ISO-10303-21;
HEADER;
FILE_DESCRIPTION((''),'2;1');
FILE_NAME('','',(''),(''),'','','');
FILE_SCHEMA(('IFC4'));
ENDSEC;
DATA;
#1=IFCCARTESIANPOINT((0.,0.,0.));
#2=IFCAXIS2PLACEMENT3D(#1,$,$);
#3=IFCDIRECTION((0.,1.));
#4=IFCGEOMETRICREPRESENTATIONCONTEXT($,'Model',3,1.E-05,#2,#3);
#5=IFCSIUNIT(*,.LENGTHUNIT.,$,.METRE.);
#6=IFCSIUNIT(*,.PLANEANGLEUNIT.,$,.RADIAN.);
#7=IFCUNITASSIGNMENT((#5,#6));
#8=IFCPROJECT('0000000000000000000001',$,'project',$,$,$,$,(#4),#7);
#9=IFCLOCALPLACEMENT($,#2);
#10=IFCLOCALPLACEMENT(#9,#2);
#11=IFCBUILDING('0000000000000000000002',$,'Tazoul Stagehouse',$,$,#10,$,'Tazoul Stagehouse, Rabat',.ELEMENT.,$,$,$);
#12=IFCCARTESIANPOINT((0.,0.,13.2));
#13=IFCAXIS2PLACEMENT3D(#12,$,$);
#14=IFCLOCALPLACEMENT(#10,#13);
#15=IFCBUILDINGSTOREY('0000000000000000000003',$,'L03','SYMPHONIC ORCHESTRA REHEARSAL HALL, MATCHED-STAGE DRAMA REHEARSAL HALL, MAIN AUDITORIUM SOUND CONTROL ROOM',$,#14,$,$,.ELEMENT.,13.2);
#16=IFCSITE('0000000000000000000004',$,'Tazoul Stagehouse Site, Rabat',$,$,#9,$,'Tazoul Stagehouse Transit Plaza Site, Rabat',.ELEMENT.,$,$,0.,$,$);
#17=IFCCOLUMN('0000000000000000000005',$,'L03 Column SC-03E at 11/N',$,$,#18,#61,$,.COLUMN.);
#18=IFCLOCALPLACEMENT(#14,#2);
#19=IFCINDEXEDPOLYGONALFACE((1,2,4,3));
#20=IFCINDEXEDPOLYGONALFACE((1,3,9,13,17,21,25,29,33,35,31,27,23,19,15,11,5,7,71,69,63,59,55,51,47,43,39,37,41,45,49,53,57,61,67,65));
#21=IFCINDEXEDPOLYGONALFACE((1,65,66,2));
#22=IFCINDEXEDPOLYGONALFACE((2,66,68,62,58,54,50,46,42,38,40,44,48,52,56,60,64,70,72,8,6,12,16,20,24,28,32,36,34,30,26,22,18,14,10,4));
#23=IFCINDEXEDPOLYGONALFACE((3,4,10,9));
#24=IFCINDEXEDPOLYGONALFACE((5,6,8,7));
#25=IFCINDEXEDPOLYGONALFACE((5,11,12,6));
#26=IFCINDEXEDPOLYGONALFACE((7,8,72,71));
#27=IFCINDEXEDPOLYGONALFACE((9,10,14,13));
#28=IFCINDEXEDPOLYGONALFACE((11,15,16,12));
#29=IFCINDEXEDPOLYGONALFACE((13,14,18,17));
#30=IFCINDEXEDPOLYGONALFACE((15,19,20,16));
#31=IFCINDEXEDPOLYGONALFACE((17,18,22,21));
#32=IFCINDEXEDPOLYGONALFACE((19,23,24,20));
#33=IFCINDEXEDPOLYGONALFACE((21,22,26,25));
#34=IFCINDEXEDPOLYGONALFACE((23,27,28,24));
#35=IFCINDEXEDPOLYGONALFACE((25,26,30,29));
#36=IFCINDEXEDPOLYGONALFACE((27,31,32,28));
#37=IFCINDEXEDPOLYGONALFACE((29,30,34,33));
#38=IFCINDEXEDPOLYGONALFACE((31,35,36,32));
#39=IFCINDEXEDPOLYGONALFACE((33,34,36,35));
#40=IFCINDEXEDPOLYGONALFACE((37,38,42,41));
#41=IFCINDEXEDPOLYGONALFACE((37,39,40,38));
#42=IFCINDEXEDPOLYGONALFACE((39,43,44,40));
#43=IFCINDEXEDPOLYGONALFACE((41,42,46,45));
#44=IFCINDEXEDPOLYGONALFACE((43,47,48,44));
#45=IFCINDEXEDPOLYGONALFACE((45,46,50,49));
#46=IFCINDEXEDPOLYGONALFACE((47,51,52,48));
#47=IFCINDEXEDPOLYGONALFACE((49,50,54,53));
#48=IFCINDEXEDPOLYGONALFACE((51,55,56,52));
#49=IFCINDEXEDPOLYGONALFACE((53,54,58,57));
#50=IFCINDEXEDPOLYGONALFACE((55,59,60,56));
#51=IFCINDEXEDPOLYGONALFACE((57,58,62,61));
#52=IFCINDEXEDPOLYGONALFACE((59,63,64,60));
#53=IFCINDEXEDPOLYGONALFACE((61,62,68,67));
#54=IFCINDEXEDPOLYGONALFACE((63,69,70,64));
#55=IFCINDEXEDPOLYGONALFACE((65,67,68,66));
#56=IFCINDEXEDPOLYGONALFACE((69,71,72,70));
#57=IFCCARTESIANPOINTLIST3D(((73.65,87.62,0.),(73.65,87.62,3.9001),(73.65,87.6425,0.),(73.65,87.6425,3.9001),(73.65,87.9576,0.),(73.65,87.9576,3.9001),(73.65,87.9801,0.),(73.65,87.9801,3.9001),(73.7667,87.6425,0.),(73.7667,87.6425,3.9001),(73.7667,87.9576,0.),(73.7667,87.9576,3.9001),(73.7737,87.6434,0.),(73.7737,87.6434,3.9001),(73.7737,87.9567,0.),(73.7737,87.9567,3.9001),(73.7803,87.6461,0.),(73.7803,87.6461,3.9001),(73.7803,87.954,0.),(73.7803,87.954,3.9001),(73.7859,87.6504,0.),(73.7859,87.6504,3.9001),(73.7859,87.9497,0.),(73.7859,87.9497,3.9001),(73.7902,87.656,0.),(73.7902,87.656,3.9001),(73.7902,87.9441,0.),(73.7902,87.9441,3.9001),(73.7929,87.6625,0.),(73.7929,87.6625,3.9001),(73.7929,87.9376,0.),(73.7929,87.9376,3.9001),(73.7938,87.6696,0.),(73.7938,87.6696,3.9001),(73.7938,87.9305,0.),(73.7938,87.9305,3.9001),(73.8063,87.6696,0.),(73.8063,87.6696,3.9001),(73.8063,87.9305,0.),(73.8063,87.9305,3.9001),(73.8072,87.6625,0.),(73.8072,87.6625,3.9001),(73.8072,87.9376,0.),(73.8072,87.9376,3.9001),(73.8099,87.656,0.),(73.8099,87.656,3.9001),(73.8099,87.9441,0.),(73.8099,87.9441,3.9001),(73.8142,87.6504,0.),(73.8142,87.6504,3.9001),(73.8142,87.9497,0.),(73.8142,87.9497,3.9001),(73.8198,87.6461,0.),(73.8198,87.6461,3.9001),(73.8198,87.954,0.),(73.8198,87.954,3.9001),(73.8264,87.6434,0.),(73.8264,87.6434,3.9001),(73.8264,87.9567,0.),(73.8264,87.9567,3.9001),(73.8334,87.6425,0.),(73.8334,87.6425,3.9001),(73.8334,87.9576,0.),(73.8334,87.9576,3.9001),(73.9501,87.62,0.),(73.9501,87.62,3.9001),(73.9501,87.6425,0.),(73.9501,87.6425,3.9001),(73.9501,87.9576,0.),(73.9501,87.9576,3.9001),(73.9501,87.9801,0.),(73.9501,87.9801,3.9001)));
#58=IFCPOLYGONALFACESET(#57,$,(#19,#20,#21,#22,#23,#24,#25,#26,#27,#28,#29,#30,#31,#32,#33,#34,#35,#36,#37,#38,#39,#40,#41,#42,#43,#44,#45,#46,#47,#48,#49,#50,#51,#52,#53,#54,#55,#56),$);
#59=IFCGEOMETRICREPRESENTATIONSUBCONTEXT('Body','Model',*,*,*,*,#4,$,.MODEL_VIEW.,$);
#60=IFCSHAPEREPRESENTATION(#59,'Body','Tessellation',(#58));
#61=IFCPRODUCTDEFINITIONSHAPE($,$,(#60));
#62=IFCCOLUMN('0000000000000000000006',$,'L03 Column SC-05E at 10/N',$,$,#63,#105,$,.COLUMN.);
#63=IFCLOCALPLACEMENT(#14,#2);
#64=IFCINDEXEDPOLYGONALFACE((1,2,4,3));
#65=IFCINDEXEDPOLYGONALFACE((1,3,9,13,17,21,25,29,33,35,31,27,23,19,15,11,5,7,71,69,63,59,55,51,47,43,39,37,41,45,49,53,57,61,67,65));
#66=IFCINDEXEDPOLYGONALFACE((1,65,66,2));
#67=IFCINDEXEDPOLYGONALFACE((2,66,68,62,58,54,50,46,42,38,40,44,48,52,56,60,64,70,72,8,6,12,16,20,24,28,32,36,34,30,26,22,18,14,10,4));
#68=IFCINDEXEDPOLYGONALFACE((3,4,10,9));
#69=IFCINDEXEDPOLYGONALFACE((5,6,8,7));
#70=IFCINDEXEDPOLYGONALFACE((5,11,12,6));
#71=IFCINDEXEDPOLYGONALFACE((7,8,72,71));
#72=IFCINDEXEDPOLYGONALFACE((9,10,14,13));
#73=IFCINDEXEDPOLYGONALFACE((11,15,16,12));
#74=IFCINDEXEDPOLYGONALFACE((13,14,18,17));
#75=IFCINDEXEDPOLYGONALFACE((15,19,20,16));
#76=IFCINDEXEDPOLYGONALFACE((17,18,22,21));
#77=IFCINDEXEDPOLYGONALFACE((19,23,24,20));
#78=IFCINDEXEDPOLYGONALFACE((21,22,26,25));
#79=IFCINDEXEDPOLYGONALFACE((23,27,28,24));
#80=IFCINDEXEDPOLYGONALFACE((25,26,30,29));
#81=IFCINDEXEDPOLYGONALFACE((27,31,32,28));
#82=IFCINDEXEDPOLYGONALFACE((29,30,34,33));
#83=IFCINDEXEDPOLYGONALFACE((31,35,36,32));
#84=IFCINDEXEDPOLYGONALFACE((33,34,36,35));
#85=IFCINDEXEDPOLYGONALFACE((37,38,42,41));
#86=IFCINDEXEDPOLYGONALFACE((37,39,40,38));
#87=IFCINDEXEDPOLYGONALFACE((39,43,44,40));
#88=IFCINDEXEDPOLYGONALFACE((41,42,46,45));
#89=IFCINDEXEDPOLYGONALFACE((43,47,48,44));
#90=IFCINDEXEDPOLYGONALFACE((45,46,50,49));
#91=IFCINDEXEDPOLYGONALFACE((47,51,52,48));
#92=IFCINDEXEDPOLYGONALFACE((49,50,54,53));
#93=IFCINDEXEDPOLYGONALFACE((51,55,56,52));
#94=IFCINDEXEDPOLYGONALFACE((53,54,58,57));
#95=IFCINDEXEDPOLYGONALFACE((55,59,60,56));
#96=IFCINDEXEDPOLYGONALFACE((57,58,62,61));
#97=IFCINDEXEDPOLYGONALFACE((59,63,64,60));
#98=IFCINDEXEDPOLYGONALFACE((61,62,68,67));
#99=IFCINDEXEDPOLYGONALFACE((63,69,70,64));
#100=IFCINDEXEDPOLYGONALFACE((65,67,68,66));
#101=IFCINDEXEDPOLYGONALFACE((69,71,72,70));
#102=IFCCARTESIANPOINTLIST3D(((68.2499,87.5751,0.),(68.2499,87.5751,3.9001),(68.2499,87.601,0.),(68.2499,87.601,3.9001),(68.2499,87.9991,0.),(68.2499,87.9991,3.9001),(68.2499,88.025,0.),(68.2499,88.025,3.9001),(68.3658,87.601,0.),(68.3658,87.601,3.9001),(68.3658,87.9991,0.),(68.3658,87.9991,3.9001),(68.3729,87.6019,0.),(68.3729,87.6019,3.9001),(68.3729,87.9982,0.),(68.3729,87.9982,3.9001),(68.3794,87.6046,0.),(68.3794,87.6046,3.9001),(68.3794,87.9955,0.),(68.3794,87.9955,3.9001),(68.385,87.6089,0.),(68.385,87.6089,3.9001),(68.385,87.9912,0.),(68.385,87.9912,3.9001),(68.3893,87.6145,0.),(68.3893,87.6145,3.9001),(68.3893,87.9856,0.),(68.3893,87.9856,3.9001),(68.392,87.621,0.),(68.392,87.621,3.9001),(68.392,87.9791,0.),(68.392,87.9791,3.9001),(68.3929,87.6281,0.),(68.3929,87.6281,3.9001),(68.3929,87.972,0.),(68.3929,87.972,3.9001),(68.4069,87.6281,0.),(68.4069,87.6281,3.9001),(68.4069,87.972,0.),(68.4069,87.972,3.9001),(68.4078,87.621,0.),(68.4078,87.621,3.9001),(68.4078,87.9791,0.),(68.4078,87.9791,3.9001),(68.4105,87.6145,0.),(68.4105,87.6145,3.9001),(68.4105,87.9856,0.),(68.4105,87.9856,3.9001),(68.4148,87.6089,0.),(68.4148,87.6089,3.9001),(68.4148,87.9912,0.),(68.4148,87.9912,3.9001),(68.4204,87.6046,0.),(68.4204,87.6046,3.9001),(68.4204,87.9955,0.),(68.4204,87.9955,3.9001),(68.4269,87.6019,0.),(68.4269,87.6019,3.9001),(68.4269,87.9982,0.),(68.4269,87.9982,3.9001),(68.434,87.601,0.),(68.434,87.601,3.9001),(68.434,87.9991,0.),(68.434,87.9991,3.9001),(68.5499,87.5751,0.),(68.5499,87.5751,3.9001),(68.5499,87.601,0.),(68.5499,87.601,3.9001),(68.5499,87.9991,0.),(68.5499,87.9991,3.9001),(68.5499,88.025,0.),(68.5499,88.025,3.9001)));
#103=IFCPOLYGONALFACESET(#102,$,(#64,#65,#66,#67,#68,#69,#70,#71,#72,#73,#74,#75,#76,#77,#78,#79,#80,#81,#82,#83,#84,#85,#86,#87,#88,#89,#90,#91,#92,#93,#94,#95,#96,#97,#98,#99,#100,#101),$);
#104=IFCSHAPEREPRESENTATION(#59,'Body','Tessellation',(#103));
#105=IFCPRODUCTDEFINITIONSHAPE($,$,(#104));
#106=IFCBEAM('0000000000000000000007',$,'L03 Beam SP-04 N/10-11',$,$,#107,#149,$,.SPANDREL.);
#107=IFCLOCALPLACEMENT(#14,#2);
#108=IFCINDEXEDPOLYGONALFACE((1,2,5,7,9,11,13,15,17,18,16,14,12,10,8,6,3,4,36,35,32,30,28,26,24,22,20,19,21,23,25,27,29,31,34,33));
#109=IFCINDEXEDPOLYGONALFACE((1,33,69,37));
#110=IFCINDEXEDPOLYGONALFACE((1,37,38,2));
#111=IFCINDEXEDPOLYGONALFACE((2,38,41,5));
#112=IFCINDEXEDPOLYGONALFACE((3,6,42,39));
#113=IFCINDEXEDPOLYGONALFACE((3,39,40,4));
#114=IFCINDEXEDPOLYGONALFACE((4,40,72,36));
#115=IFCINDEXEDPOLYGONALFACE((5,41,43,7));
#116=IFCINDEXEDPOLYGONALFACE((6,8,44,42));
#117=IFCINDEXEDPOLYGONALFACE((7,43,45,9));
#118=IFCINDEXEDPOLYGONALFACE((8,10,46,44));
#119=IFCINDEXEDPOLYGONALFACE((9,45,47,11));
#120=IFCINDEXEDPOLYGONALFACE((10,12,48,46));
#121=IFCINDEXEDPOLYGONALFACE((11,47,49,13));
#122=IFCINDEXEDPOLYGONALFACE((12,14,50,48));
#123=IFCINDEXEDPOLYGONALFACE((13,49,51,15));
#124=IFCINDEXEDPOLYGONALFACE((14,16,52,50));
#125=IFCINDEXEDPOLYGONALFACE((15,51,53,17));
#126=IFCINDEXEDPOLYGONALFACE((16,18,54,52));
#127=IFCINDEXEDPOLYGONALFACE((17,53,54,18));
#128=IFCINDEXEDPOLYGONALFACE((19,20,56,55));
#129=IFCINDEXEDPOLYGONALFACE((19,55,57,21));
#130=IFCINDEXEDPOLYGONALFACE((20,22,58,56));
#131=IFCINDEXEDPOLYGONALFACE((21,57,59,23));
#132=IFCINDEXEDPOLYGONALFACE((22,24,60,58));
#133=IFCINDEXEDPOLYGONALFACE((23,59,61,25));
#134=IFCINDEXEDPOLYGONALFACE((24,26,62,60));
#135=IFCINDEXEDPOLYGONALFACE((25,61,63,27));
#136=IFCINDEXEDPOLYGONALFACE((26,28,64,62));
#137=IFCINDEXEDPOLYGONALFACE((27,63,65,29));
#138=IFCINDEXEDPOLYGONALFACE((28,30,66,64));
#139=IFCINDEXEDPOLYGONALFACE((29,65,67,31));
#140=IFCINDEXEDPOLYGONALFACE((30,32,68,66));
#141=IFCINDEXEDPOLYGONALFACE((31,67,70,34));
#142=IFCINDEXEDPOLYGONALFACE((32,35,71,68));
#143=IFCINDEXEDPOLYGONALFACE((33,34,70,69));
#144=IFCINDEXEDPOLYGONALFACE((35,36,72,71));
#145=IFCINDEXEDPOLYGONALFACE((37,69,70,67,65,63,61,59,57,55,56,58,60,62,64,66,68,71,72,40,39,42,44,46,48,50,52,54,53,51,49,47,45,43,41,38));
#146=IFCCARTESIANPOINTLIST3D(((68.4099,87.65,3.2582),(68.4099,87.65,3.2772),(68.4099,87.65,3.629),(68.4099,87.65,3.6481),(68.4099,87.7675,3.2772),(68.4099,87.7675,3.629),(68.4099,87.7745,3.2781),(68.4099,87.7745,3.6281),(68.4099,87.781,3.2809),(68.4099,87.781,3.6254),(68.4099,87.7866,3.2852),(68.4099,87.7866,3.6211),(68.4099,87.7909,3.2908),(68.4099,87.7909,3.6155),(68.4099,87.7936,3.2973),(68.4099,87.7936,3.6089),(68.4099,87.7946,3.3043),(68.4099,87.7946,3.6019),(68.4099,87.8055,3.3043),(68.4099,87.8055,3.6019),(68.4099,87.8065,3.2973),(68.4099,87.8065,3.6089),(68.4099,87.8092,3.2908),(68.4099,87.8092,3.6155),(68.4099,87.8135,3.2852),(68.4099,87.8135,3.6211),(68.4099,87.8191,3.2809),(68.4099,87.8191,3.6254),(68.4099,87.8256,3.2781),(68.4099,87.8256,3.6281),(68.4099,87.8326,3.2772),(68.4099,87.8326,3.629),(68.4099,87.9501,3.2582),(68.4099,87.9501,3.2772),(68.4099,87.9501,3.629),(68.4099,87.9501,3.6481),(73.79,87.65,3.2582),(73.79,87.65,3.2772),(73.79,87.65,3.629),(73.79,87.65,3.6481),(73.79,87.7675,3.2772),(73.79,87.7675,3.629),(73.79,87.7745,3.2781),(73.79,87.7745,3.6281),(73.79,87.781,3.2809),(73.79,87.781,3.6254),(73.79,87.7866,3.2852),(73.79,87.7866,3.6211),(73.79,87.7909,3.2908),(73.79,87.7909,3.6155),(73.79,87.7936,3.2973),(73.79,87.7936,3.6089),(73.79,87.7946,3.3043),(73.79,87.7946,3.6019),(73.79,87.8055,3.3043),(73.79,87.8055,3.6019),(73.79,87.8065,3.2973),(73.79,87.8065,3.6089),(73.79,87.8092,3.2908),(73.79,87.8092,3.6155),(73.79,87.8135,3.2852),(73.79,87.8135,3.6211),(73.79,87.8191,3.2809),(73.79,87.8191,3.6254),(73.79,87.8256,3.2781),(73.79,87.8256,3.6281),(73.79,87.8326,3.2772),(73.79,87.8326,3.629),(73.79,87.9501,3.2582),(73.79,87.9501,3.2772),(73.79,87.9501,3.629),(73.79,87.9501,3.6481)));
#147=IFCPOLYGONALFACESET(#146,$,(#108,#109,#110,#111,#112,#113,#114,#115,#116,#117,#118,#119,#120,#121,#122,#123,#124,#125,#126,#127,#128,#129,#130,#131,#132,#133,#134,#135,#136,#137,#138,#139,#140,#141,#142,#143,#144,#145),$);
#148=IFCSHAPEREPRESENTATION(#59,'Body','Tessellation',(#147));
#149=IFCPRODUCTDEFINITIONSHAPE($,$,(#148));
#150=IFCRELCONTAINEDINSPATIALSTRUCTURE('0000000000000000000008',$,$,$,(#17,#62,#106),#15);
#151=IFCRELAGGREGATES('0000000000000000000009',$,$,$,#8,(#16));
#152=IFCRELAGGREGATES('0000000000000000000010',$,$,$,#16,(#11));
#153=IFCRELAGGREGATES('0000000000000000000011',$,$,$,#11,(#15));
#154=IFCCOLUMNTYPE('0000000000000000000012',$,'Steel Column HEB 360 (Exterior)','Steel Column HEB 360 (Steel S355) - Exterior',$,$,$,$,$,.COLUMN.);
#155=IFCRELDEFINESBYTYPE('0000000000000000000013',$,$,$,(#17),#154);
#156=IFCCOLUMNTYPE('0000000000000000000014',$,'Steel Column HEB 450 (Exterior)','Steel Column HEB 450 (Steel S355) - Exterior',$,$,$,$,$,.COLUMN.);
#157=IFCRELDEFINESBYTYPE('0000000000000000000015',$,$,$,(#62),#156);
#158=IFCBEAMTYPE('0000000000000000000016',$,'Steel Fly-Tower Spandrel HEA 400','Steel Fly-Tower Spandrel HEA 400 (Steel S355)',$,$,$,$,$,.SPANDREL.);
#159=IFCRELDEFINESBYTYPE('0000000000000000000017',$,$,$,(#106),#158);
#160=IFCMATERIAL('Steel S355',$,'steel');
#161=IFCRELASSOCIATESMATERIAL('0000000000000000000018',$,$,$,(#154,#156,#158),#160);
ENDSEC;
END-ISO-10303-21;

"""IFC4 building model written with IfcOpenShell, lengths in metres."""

from ifc_helpers import new_model, si_unit, direction, frame, origin, origin_2d, place, context, subcontext, project, spatial, i_section, extrude, material, material_profile, profile_set, type_object, element, save


model = new_model("IFC4")

# Units and contexts
model_context = context("Model", 3, precision=1e-05, world=origin(), true_north=direction((0.0, 1.0)))
body_context = subcontext(model_context, "Body", "Model", "MODEL_VIEW")
ifc_project = project(units=[si_unit("LENGTHUNIT", "METRE"), si_unit("PLANEANGLEUNIT", "RADIAN")], contexts=[model_context])

# Site, building, storey
site_placement = place(None, origin())
site = spatial("IfcSite", under=ifc_project, at=site_placement, Name="Tazoul Stagehouse Site, Rabat", LongName="Tazoul Stagehouse Transit Plaza Site, Rabat", CompositionType="ELEMENT", RefElevation=0.0)
building_placement = place(site_placement, origin())
building = spatial("IfcBuilding", under=site, at=building_placement, Name="Tazoul Stagehouse", LongName="Tazoul Stagehouse, Rabat", CompositionType="ELEMENT")
storey_placement = place(building_placement, frame((0.0, 0.0, 13.2)))
storey = spatial("IfcBuildingStorey", under=building, at=storey_placement, Name="L03", Description="SYMPHONIC ORCHESTRA REHEARSAL HALL, MATCHED-STAGE DRAMA REHEARSAL HALL, MAIN AUDITORIUM SOUND CONTROL ROOM", CompositionType="ELEMENT", Elevation=13.2)

# Columns
ifc_material_1 = material(Name="Steel S355", Category="steel")
ifc_material_profile_1 = material_profile(ifc_material_1, i_section(OverallWidth=0.3, OverallDepth=0.3601, WebThickness=0.0125, FlangeThickness=0.0225, FilletRadius=0.0271, at=origin_2d()), Name="HEB 360")
ifc_profile_set_1 = profile_set([ifc_material_profile_1], Name="Steel S355")
column_type_1 = type_object("IfcColumnType", Name="Steel Column HEB 360 (Exterior)", Description="Steel Column HEB 360 (Steel S355) - Exterior", PredefinedType="COLUMN", material=ifc_profile_set_1)
column_1_placement = place(storey_placement, frame((73.8, 87.8, 0.0), z_axis=(0.0, 0.0, 1.0), x_axis=(1.0, 0.0, 0.0)))
element("IfcColumn", 1, at=column_1_placement, inside=storey, type_object=column_type_1, Name="L03 Column SC-03E at 11/N", PredefinedType="COLUMN", context=body_context, shape_type="SweptSolid", body=[
    extrude(i_section(OverallWidth=0.3, OverallDepth=0.3601, WebThickness=0.0125, FlangeThickness=0.0225, FilletRadius=0.0271, at=origin_2d()), origin(), (0.0, 0.0, 1.0), 3.9001),
])
ifc_material_profile_2 = material_profile(ifc_material_1, i_section(OverallWidth=0.3, OverallDepth=0.45, WebThickness=0.0139, FlangeThickness=0.0259, FilletRadius=0.0271, at=origin_2d()), Name="HEB 450")
ifc_profile_set_2 = profile_set([ifc_material_profile_2], Name="Steel S355")
column_type_2 = type_object("IfcColumnType", Name="Steel Column HEB 450 (Exterior)", Description="Steel Column HEB 450 (Steel S355) - Exterior", PredefinedType="COLUMN", material=ifc_profile_set_2)
column_2_placement = place(storey_placement, frame((68.3999, 87.8, 0.0), z_axis=(0.0, 0.0, 1.0), x_axis=(1.0, 0.0, 0.0)))
element("IfcColumn", 2, at=column_2_placement, inside=storey, type_object=column_type_2, Name="L03 Column SC-05E at 10/N", PredefinedType="COLUMN", context=body_context, shape_type="SweptSolid", body=[
    extrude(i_section(OverallWidth=0.3, OverallDepth=0.45, WebThickness=0.0139, FlangeThickness=0.0259, FilletRadius=0.0271, at=origin_2d()), origin(), (0.0, 0.0, 1.0), 3.9001),
])

# Beam
ifc_material_profile_3 = material_profile(ifc_material_1, i_section(OverallWidth=0.3, OverallDepth=0.3899, WebThickness=0.011, FlangeThickness=0.019, FilletRadius=0.0271, at=origin_2d()), Name="HEA 400")
ifc_profile_set_3 = profile_set([ifc_material_profile_3], Name="Steel S355")
beam_type_1 = type_object("IfcBeamType", Name="Steel Fly-Tower Spandrel HEA 400", Description="Steel Fly-Tower Spandrel HEA 400 (Steel S355)", PredefinedType="SPANDREL", material=ifc_profile_set_3)
beam_1_placement = place(storey_placement, frame((68.4099, 87.8, 3.4531), z_axis=(1.0, 0.0, 0.0), x_axis=(0.0, 1.0, 0.0)))
element("IfcBeam", 3, at=beam_1_placement, inside=storey, type_object=beam_type_1, Name="L03 Beam SP-04 N/10-11", PredefinedType="SPANDREL", context=body_context, shape_type="SweptSolid", body=[
    extrude(i_section(OverallWidth=0.3, OverallDepth=0.3899, WebThickness=0.011, FlangeThickness=0.019, FilletRadius=0.0271, at=origin_2d()), origin(), (0.0, 0.0, 1.0), 5.3801),
])

save(model, "model.ifc")
